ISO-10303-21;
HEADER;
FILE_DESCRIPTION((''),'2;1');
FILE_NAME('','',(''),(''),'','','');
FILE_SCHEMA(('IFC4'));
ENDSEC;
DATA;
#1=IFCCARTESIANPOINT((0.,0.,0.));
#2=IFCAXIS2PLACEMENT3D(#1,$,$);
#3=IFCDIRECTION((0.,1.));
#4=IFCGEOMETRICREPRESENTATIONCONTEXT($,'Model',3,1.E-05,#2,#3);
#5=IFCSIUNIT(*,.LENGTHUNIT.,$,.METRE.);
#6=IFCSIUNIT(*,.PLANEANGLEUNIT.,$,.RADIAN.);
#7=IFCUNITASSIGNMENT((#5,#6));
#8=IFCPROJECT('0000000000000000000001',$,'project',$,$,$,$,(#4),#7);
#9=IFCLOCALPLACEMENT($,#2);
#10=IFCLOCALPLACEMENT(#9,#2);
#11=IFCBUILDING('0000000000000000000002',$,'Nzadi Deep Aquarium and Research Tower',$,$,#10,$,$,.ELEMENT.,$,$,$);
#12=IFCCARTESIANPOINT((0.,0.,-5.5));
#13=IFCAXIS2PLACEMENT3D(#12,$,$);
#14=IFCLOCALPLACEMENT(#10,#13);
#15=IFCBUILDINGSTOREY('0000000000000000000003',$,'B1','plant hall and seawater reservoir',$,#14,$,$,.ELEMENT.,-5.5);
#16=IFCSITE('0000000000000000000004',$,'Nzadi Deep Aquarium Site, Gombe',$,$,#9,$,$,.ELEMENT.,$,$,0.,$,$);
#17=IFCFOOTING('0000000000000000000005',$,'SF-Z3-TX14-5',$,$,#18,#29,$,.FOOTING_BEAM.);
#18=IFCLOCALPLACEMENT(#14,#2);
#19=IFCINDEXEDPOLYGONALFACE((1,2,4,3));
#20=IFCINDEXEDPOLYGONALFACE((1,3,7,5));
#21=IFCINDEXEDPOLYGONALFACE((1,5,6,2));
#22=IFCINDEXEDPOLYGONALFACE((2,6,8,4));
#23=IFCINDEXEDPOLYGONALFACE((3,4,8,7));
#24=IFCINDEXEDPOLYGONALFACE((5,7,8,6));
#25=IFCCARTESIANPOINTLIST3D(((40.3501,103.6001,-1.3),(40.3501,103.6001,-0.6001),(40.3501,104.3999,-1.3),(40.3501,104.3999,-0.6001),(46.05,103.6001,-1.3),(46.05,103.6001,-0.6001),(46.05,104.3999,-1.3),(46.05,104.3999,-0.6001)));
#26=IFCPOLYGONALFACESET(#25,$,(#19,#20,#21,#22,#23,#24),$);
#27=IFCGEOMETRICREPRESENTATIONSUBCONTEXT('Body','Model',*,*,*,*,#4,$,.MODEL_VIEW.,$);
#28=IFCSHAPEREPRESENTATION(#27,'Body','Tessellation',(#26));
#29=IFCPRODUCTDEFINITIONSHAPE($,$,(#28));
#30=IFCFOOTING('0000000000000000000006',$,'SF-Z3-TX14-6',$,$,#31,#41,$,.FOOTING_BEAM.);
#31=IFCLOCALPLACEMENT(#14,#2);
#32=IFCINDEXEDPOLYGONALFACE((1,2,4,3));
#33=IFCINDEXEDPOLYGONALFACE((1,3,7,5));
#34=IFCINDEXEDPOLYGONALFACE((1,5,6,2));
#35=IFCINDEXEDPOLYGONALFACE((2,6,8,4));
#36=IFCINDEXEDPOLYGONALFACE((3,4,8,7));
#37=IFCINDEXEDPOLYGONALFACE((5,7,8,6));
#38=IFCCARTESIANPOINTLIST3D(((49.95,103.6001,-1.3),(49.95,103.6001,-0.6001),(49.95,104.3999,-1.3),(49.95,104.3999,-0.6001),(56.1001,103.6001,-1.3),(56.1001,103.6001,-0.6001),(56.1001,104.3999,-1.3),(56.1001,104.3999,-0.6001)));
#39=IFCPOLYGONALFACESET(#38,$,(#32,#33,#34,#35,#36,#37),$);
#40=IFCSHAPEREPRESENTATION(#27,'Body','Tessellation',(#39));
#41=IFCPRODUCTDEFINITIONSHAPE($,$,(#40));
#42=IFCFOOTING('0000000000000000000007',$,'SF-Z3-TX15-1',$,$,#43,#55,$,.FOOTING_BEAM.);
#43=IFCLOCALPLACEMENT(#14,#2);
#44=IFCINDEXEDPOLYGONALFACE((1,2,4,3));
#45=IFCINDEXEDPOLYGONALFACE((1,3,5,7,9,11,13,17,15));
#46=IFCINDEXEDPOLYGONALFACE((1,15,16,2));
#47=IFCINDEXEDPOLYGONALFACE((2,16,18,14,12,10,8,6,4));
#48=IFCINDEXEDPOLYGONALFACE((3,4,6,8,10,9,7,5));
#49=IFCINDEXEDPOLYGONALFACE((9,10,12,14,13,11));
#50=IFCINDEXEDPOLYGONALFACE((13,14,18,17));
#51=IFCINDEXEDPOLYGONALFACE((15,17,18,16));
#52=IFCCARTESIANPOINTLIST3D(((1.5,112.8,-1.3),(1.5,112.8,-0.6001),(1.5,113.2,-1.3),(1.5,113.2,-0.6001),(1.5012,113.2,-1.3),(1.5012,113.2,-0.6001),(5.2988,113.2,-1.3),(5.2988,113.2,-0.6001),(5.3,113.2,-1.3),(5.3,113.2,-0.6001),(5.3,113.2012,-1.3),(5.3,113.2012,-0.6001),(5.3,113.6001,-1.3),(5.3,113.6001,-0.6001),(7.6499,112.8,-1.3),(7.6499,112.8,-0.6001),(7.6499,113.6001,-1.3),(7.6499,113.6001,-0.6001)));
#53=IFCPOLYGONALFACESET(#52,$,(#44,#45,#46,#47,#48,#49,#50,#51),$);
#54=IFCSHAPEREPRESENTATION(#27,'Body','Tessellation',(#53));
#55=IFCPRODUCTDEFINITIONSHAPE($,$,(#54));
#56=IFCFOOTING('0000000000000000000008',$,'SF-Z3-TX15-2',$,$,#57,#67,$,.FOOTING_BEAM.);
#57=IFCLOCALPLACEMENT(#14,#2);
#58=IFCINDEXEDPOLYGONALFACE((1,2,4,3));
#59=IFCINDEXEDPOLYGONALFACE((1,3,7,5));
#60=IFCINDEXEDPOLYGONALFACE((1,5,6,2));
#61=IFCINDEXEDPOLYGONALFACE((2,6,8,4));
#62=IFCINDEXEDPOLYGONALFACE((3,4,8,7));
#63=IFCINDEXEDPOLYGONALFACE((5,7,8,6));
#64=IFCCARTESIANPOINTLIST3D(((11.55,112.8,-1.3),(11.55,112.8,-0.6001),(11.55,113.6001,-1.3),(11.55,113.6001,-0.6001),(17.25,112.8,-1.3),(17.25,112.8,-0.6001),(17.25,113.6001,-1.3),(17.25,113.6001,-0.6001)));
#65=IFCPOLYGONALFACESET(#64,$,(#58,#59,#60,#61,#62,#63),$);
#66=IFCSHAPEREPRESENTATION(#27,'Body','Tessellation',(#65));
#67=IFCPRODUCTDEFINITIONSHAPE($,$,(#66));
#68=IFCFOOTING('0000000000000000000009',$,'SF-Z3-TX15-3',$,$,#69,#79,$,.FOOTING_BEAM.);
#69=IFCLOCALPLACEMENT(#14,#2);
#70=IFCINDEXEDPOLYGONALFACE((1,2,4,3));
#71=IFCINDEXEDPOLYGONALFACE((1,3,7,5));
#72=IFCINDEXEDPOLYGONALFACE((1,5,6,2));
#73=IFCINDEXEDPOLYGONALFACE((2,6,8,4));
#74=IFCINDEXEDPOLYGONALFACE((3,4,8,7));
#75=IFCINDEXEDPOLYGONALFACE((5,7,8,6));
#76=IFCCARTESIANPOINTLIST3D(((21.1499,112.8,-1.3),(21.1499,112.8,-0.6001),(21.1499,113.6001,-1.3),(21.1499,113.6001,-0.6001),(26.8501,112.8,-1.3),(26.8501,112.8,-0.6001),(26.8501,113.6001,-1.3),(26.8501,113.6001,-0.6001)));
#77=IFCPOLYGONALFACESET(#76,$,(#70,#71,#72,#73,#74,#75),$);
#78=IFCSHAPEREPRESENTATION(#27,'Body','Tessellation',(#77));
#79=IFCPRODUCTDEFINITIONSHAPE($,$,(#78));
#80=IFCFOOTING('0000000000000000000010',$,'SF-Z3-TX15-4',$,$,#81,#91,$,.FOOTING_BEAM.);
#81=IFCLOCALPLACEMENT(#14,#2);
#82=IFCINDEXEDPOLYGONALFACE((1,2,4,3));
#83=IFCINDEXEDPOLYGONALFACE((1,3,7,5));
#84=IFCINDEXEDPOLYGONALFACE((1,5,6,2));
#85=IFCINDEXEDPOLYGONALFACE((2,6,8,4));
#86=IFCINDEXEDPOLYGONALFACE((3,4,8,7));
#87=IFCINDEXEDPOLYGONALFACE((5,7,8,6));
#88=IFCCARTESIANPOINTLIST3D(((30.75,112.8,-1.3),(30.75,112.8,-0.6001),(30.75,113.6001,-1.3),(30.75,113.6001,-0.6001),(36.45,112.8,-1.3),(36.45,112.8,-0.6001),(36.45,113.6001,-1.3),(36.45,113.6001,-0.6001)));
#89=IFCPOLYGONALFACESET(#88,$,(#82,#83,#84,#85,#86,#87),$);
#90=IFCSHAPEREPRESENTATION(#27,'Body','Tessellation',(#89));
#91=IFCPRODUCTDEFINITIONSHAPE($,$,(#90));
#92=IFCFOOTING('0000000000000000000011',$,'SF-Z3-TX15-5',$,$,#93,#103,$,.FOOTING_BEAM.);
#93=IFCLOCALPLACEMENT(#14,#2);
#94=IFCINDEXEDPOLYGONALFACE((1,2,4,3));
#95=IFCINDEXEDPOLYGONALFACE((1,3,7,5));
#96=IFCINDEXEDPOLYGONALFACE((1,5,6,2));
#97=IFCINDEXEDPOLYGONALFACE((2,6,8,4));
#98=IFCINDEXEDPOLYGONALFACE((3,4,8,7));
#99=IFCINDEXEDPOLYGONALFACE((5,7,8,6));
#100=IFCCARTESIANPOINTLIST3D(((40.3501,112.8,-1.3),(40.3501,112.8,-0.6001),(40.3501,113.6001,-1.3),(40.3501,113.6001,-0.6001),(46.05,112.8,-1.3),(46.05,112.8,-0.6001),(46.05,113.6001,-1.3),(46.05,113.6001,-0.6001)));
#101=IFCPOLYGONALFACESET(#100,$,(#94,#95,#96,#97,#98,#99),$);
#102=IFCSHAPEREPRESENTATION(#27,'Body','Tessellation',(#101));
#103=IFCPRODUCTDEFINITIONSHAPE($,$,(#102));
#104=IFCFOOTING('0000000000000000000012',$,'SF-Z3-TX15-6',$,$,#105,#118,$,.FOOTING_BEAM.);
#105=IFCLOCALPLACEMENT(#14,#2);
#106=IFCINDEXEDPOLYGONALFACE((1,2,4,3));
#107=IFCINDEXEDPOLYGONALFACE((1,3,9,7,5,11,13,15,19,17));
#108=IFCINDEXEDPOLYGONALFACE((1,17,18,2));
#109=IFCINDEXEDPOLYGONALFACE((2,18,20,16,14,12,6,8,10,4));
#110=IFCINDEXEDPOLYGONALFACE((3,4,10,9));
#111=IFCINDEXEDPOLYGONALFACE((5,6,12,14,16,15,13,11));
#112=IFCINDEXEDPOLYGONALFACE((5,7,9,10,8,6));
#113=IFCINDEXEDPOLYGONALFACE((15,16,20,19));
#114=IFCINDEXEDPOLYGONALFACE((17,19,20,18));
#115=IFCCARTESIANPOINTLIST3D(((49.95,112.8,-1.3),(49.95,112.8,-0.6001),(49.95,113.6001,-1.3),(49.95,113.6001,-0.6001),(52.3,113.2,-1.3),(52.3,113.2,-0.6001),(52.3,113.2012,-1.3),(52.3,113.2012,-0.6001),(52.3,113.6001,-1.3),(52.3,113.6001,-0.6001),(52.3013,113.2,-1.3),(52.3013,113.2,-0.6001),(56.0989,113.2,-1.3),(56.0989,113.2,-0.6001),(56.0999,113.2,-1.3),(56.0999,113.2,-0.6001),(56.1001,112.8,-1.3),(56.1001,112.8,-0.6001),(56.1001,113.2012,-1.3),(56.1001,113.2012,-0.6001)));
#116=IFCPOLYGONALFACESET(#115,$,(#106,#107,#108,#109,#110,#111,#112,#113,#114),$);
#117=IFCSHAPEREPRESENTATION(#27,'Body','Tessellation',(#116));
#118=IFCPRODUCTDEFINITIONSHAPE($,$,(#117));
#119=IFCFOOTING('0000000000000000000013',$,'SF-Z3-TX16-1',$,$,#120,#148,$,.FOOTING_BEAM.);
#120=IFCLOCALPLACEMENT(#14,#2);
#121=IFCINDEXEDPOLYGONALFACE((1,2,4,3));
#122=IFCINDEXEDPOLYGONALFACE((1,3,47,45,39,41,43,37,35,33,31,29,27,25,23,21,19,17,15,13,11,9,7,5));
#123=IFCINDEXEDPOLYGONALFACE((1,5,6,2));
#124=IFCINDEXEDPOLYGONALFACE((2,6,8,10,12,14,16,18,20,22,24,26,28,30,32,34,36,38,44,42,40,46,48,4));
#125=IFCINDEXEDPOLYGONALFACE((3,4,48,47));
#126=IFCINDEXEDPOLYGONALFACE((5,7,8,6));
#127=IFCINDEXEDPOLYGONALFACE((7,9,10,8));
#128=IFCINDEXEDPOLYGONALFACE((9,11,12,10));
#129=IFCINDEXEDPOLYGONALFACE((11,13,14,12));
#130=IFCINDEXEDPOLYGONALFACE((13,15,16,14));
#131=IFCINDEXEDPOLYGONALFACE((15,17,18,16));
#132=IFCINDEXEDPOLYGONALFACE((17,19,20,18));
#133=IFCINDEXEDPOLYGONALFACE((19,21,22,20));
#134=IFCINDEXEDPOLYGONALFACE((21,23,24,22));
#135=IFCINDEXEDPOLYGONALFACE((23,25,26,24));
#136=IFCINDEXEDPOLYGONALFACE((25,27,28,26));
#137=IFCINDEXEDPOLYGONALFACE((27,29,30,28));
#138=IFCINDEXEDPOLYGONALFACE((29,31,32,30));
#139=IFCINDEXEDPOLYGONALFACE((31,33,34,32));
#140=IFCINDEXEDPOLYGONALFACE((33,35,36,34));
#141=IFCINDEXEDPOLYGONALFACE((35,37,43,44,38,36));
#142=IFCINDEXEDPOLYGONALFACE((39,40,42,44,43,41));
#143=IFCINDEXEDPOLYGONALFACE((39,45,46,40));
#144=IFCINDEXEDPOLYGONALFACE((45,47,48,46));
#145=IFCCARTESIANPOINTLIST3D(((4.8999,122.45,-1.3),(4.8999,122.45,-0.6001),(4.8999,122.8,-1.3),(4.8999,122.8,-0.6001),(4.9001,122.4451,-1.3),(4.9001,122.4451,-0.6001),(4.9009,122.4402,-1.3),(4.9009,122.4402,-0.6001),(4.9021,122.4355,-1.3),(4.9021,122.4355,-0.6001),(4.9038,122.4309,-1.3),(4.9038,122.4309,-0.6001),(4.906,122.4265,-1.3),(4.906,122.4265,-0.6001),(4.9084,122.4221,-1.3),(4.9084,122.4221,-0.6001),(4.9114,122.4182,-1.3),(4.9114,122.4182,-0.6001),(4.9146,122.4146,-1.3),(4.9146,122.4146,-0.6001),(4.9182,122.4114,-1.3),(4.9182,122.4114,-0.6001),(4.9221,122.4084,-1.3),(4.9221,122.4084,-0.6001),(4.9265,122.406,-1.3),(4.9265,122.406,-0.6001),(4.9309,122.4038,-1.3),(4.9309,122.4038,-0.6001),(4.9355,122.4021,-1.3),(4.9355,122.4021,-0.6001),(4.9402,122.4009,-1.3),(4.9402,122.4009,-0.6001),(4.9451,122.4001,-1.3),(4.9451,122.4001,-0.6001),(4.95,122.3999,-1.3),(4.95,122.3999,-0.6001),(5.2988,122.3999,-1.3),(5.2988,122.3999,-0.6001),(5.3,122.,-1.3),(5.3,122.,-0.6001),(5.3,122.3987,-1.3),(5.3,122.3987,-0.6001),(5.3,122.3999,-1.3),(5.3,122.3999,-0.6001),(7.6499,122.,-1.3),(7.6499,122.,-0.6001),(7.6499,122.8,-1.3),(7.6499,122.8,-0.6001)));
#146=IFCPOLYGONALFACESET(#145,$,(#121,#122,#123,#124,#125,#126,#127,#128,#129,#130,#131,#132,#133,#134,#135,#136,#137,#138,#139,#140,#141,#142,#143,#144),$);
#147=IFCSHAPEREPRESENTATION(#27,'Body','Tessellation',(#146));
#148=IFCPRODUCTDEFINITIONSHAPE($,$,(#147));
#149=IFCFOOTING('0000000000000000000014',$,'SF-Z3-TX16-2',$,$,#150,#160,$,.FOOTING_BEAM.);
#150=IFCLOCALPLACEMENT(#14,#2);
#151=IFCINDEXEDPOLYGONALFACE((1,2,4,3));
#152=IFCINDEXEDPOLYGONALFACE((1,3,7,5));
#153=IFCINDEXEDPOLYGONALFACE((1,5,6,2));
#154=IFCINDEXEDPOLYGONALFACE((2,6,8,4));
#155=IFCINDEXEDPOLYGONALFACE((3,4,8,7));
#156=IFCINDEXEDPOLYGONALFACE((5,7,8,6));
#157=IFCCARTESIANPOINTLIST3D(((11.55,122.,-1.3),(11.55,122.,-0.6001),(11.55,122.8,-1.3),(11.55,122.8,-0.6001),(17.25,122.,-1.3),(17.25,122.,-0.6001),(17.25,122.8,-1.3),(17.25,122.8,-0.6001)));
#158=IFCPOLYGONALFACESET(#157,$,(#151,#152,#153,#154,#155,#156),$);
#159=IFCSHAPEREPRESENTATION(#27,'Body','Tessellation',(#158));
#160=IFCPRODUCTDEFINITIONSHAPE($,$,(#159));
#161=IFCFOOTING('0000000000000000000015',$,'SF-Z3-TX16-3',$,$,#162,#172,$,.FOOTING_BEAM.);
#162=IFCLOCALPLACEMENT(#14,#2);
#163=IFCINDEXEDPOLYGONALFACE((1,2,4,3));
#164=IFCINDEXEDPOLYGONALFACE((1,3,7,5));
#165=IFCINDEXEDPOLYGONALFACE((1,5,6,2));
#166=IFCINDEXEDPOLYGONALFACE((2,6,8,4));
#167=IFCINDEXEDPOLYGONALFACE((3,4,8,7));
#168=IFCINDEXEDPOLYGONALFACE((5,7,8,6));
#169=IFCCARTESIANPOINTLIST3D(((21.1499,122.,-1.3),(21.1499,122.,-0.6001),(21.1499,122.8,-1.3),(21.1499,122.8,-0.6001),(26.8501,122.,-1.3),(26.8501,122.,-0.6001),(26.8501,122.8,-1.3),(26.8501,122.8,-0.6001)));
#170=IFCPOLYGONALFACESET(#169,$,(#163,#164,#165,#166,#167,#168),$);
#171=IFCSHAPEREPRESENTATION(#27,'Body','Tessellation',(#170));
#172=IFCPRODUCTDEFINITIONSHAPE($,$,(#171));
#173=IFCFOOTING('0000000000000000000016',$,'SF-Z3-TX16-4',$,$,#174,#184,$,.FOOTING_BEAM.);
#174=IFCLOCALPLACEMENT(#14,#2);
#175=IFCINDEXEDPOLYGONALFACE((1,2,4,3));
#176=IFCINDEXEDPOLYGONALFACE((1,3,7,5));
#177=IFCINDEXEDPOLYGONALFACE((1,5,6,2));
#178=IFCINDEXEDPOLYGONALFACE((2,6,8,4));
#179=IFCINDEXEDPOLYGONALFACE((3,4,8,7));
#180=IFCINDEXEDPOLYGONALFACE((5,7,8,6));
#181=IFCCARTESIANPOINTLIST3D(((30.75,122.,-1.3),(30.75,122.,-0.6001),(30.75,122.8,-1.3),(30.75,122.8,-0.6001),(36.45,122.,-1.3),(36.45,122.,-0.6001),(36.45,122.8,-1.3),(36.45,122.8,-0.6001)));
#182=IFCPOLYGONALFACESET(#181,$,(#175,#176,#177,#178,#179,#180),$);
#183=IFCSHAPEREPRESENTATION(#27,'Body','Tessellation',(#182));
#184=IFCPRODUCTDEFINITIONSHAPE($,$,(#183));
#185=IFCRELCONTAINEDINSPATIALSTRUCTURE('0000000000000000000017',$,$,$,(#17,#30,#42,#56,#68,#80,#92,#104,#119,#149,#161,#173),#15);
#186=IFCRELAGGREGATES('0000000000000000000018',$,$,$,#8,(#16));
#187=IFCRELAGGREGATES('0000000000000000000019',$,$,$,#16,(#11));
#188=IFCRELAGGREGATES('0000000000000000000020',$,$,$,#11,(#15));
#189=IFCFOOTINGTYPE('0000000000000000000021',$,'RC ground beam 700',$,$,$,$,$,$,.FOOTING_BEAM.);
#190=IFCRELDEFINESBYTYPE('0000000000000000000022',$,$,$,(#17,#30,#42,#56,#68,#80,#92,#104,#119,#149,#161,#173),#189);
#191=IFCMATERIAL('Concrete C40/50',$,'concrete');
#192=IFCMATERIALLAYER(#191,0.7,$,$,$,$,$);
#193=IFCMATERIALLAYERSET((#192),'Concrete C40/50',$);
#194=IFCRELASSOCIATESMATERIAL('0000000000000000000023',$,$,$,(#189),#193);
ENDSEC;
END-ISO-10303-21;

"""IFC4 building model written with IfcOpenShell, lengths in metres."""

from ifc_helpers import new_model, si_unit, direction, frame, origin, place, context, subcontext, project, spatial, polyline, outline, extrude, material, layer, layer_set, type_object, element, save


model = new_model("IFC4")

# Units and contexts
model_context = context("Model", 3, precision=1e-05, world=origin(), true_north=direction((0.0, 1.0)))
body_context = subcontext(model_context, "Body", "Model", "MODEL_VIEW")
ifc_project = project(units=[si_unit("LENGTHUNIT", "METRE"), si_unit("PLANEANGLEUNIT", "RADIAN")], contexts=[model_context])

# Site, building, storey
site_placement = place(None, origin())
site = spatial("IfcSite", under=ifc_project, at=site_placement, Name="Nzadi Deep Aquarium Site, Gombe", CompositionType="ELEMENT", RefElevation=0.0)
building_placement = place(site_placement, origin())
building = spatial("IfcBuilding", under=site, at=building_placement, Name="Nzadi Deep Aquarium and Research Tower", CompositionType="ELEMENT")
storey_placement = place(building_placement, frame((0.0, 0.0, -5.5)))
storey = spatial("IfcBuildingStorey", under=building, at=storey_placement, Name="B1", Description="plant hall and seawater reservoir", CompositionType="ELEMENT", Elevation=-5.5)

# Footings
ifc_material = material(Name="Concrete C40/50", Category="concrete")
ifc_layer = layer(ifc_material, 0.7)
ifc_layer_set = layer_set([ifc_layer], Name="Concrete C40/50")
footing_type = type_object("IfcFootingType", Name="RC ground beam 700", PredefinedType="FOOTING_BEAM", material=ifc_layer_set)
footing_1_placement = place(storey_placement, frame((0.0, 0.0, -1.3)))
element("IfcFooting", 1, at=footing_1_placement, inside=storey, type_object=footing_type, Name="SF-Z3-TX14-5", PredefinedType="FOOTING_BEAM", context=body_context, shape_type="SweptSolid", body=[
    extrude(outline(polyline([(46.05, 104.3999), (40.3501, 104.3999), (40.3501, 103.6001), (46.05, 103.6001), (46.05, 104.3999)])), origin(), (0.0, 0.0, 1.0), 0.7),
])
footing_2_placement = place(storey_placement, frame((0.0, 0.0, -1.3)))
element("IfcFooting", 2, at=footing_2_placement, inside=storey, type_object=footing_type, Name="SF-Z3-TX14-6", PredefinedType="FOOTING_BEAM", context=body_context, shape_type="SweptSolid", body=[
    extrude(outline(polyline([(56.1001, 103.6001), (56.1001, 104.3999), (49.95, 104.3999), (49.95, 103.6001), (56.1001, 103.6001)])), origin(), (0.0, 0.0, 1.0), 0.7),
])
footing_3_placement = place(storey_placement, frame((0.0, 0.0, -1.3)))
element("IfcFooting", 3, at=footing_3_placement, inside=storey, type_object=footing_type, Name="SF-Z3-TX15-1", PredefinedType="FOOTING_BEAM", context=body_context, shape_type="SweptSolid", body=[
    extrude(outline(polyline([(7.6499, 113.6001), (5.3, 113.6001), (5.3, 113.2012), (5.3, 113.2), (5.2988, 113.2), (1.5012, 113.2), (1.5, 113.2), (1.5, 113.2012), (1.5, 112.8), (7.6499, 112.8), (7.6499, 113.6001)])), origin(), (0.0, 0.0, 1.0), 0.7),
])
footing_4_placement = place(storey_placement, frame((0.0, 0.0, -1.3)))
element("IfcFooting", 4, at=footing_4_placement, inside=storey, type_object=footing_type, Name="SF-Z3-TX15-2", PredefinedType="FOOTING_BEAM", context=body_context, shape_type="SweptSolid", body=[
    extrude(outline(polyline([(17.25, 113.6001), (11.55, 113.6001), (11.55, 112.8), (17.25, 112.8), (17.25, 113.6001)])), origin(), (0.0, 0.0, 1.0), 0.7),
])
footing_5_placement = place(storey_placement, frame((0.0, 0.0, -1.3)))
element("IfcFooting", 5, at=footing_5_placement, inside=storey, type_object=footing_type, Name="SF-Z3-TX15-3", PredefinedType="FOOTING_BEAM", context=body_context, shape_type="SweptSolid", body=[
    extrude(outline(polyline([(26.8501, 113.6001), (21.1499, 113.6001), (21.1499, 112.8), (26.8501, 112.8), (26.8501, 113.6001)])), origin(), (0.0, 0.0, 1.0), 0.7),
])
footing_6_placement = place(storey_placement, frame((0.0, 0.0, -1.3)))
element("IfcFooting", 6, at=footing_6_placement, inside=storey, type_object=footing_type, Name="SF-Z3-TX15-4", PredefinedType="FOOTING_BEAM", context=body_context, shape_type="SweptSolid", body=[
    extrude(outline(polyline([(36.45, 113.6001), (30.75, 113.6001), (30.75, 112.8), (36.45, 112.8), (36.45, 113.6001)])), origin(), (0.0, 0.0, 1.0), 0.7),
])
footing_7_placement = place(storey_placement, frame((0.0, 0.0, -1.3)))
element("IfcFooting", 7, at=footing_7_placement, inside=storey, type_object=footing_type, Name="SF-Z3-TX15-5", PredefinedType="FOOTING_BEAM", context=body_context, shape_type="SweptSolid", body=[
    extrude(outline(polyline([(46.05, 113.6001), (40.3501, 113.6001), (40.3501, 112.8), (46.05, 112.8), (46.05, 113.6001)])), origin(), (0.0, 0.0, 1.0), 0.7),
])
footing_8_placement = place(storey_placement, frame((0.0, 0.0, -1.3)))
element("IfcFooting", 8, at=footing_8_placement, inside=storey, type_object=footing_type, Name="SF-Z3-TX15-6", PredefinedType="FOOTING_BEAM", context=body_context, shape_type="SweptSolid", body=[
    extrude(outline(polyline([(56.1001, 112.8), (56.1001, 113.2012), (56.0999, 113.2), (56.0989, 113.2), (52.3013, 113.2), (52.3, 113.2), (52.3, 113.2012), (52.3, 113.6001), (49.95, 113.6001), (49.95, 112.8), (56.1001, 112.8)])), origin(), (0.0, 0.0, 1.0), 0.7),
])
footing_9_placement = place(storey_placement, frame((0.0, 0.0, -1.3)))
element("IfcFooting", 9, at=footing_9_placement, inside=storey, type_object=footing_type, Name="SF-Z3-TX16-1", PredefinedType="FOOTING_BEAM", context=body_context, shape_type="SweptSolid", body=[
    extrude(outline(polyline([(7.6499, 122.8), (4.8999, 122.8), (4.8999, 122.45), (4.9001, 122.4451), (4.9009, 122.4402), (4.9021, 122.4355), (4.9038, 122.4309), (4.906, 122.4265), (4.9084, 122.4221), (4.9114, 122.4182), (4.9146, 122.4146), (4.9182, 122.4114), (4.9221, 122.4084), (4.9265, 122.406), (4.9309, 122.4038), (4.9355, 122.4021), (4.9402, 122.4009), (4.9451, 122.4001), (4.95, 122.3999), (5.2988, 122.3999), (5.3, 122.3999), (5.3, 122.3987), (5.3, 122.0), (7.6499, 122.0), (7.6499, 122.8)])), origin(), (0.0, 0.0, 1.0), 0.7),
])
footing_10_placement = place(storey_placement, frame((0.0, 0.0, -1.3)))
element("IfcFooting", 10, at=footing_10_placement, inside=storey, type_object=footing_type, Name="SF-Z3-TX16-2", PredefinedType="FOOTING_BEAM", context=body_context, shape_type="SweptSolid", body=[
    extrude(outline(polyline([(17.25, 122.8), (11.55, 122.8), (11.55, 122.0), (17.25, 122.0), (17.25, 122.8)])), origin(), (0.0, 0.0, 1.0), 0.7),
])
footing_11_placement = place(storey_placement, frame((0.0, 0.0, -1.3)))
element("IfcFooting", 11, at=footing_11_placement, inside=storey, type_object=footing_type, Name="SF-Z3-TX16-3", PredefinedType="FOOTING_BEAM", context=body_context, shape_type="SweptSolid", body=[
    extrude(outline(polyline([(26.8501, 122.8), (21.1499, 122.8), (21.1499, 122.0), (26.8501, 122.0), (26.8501, 122.8)])), origin(), (0.0, 0.0, 1.0), 0.7),
])
footing_12_placement = place(storey_placement, frame((0.0, 0.0, -1.3)))
element("IfcFooting", 12, at=footing_12_placement, inside=storey, type_object=footing_type, Name="SF-Z3-TX16-4", PredefinedType="FOOTING_BEAM", context=body_context, shape_type="SweptSolid", body=[
    extrude(outline(polyline([(36.45, 122.8), (30.75, 122.8), (30.75, 122.0), (36.45, 122.0), (36.45, 122.8)])), origin(), (0.0, 0.0, 1.0), 0.7),
])

save(model, "model.ifc")
